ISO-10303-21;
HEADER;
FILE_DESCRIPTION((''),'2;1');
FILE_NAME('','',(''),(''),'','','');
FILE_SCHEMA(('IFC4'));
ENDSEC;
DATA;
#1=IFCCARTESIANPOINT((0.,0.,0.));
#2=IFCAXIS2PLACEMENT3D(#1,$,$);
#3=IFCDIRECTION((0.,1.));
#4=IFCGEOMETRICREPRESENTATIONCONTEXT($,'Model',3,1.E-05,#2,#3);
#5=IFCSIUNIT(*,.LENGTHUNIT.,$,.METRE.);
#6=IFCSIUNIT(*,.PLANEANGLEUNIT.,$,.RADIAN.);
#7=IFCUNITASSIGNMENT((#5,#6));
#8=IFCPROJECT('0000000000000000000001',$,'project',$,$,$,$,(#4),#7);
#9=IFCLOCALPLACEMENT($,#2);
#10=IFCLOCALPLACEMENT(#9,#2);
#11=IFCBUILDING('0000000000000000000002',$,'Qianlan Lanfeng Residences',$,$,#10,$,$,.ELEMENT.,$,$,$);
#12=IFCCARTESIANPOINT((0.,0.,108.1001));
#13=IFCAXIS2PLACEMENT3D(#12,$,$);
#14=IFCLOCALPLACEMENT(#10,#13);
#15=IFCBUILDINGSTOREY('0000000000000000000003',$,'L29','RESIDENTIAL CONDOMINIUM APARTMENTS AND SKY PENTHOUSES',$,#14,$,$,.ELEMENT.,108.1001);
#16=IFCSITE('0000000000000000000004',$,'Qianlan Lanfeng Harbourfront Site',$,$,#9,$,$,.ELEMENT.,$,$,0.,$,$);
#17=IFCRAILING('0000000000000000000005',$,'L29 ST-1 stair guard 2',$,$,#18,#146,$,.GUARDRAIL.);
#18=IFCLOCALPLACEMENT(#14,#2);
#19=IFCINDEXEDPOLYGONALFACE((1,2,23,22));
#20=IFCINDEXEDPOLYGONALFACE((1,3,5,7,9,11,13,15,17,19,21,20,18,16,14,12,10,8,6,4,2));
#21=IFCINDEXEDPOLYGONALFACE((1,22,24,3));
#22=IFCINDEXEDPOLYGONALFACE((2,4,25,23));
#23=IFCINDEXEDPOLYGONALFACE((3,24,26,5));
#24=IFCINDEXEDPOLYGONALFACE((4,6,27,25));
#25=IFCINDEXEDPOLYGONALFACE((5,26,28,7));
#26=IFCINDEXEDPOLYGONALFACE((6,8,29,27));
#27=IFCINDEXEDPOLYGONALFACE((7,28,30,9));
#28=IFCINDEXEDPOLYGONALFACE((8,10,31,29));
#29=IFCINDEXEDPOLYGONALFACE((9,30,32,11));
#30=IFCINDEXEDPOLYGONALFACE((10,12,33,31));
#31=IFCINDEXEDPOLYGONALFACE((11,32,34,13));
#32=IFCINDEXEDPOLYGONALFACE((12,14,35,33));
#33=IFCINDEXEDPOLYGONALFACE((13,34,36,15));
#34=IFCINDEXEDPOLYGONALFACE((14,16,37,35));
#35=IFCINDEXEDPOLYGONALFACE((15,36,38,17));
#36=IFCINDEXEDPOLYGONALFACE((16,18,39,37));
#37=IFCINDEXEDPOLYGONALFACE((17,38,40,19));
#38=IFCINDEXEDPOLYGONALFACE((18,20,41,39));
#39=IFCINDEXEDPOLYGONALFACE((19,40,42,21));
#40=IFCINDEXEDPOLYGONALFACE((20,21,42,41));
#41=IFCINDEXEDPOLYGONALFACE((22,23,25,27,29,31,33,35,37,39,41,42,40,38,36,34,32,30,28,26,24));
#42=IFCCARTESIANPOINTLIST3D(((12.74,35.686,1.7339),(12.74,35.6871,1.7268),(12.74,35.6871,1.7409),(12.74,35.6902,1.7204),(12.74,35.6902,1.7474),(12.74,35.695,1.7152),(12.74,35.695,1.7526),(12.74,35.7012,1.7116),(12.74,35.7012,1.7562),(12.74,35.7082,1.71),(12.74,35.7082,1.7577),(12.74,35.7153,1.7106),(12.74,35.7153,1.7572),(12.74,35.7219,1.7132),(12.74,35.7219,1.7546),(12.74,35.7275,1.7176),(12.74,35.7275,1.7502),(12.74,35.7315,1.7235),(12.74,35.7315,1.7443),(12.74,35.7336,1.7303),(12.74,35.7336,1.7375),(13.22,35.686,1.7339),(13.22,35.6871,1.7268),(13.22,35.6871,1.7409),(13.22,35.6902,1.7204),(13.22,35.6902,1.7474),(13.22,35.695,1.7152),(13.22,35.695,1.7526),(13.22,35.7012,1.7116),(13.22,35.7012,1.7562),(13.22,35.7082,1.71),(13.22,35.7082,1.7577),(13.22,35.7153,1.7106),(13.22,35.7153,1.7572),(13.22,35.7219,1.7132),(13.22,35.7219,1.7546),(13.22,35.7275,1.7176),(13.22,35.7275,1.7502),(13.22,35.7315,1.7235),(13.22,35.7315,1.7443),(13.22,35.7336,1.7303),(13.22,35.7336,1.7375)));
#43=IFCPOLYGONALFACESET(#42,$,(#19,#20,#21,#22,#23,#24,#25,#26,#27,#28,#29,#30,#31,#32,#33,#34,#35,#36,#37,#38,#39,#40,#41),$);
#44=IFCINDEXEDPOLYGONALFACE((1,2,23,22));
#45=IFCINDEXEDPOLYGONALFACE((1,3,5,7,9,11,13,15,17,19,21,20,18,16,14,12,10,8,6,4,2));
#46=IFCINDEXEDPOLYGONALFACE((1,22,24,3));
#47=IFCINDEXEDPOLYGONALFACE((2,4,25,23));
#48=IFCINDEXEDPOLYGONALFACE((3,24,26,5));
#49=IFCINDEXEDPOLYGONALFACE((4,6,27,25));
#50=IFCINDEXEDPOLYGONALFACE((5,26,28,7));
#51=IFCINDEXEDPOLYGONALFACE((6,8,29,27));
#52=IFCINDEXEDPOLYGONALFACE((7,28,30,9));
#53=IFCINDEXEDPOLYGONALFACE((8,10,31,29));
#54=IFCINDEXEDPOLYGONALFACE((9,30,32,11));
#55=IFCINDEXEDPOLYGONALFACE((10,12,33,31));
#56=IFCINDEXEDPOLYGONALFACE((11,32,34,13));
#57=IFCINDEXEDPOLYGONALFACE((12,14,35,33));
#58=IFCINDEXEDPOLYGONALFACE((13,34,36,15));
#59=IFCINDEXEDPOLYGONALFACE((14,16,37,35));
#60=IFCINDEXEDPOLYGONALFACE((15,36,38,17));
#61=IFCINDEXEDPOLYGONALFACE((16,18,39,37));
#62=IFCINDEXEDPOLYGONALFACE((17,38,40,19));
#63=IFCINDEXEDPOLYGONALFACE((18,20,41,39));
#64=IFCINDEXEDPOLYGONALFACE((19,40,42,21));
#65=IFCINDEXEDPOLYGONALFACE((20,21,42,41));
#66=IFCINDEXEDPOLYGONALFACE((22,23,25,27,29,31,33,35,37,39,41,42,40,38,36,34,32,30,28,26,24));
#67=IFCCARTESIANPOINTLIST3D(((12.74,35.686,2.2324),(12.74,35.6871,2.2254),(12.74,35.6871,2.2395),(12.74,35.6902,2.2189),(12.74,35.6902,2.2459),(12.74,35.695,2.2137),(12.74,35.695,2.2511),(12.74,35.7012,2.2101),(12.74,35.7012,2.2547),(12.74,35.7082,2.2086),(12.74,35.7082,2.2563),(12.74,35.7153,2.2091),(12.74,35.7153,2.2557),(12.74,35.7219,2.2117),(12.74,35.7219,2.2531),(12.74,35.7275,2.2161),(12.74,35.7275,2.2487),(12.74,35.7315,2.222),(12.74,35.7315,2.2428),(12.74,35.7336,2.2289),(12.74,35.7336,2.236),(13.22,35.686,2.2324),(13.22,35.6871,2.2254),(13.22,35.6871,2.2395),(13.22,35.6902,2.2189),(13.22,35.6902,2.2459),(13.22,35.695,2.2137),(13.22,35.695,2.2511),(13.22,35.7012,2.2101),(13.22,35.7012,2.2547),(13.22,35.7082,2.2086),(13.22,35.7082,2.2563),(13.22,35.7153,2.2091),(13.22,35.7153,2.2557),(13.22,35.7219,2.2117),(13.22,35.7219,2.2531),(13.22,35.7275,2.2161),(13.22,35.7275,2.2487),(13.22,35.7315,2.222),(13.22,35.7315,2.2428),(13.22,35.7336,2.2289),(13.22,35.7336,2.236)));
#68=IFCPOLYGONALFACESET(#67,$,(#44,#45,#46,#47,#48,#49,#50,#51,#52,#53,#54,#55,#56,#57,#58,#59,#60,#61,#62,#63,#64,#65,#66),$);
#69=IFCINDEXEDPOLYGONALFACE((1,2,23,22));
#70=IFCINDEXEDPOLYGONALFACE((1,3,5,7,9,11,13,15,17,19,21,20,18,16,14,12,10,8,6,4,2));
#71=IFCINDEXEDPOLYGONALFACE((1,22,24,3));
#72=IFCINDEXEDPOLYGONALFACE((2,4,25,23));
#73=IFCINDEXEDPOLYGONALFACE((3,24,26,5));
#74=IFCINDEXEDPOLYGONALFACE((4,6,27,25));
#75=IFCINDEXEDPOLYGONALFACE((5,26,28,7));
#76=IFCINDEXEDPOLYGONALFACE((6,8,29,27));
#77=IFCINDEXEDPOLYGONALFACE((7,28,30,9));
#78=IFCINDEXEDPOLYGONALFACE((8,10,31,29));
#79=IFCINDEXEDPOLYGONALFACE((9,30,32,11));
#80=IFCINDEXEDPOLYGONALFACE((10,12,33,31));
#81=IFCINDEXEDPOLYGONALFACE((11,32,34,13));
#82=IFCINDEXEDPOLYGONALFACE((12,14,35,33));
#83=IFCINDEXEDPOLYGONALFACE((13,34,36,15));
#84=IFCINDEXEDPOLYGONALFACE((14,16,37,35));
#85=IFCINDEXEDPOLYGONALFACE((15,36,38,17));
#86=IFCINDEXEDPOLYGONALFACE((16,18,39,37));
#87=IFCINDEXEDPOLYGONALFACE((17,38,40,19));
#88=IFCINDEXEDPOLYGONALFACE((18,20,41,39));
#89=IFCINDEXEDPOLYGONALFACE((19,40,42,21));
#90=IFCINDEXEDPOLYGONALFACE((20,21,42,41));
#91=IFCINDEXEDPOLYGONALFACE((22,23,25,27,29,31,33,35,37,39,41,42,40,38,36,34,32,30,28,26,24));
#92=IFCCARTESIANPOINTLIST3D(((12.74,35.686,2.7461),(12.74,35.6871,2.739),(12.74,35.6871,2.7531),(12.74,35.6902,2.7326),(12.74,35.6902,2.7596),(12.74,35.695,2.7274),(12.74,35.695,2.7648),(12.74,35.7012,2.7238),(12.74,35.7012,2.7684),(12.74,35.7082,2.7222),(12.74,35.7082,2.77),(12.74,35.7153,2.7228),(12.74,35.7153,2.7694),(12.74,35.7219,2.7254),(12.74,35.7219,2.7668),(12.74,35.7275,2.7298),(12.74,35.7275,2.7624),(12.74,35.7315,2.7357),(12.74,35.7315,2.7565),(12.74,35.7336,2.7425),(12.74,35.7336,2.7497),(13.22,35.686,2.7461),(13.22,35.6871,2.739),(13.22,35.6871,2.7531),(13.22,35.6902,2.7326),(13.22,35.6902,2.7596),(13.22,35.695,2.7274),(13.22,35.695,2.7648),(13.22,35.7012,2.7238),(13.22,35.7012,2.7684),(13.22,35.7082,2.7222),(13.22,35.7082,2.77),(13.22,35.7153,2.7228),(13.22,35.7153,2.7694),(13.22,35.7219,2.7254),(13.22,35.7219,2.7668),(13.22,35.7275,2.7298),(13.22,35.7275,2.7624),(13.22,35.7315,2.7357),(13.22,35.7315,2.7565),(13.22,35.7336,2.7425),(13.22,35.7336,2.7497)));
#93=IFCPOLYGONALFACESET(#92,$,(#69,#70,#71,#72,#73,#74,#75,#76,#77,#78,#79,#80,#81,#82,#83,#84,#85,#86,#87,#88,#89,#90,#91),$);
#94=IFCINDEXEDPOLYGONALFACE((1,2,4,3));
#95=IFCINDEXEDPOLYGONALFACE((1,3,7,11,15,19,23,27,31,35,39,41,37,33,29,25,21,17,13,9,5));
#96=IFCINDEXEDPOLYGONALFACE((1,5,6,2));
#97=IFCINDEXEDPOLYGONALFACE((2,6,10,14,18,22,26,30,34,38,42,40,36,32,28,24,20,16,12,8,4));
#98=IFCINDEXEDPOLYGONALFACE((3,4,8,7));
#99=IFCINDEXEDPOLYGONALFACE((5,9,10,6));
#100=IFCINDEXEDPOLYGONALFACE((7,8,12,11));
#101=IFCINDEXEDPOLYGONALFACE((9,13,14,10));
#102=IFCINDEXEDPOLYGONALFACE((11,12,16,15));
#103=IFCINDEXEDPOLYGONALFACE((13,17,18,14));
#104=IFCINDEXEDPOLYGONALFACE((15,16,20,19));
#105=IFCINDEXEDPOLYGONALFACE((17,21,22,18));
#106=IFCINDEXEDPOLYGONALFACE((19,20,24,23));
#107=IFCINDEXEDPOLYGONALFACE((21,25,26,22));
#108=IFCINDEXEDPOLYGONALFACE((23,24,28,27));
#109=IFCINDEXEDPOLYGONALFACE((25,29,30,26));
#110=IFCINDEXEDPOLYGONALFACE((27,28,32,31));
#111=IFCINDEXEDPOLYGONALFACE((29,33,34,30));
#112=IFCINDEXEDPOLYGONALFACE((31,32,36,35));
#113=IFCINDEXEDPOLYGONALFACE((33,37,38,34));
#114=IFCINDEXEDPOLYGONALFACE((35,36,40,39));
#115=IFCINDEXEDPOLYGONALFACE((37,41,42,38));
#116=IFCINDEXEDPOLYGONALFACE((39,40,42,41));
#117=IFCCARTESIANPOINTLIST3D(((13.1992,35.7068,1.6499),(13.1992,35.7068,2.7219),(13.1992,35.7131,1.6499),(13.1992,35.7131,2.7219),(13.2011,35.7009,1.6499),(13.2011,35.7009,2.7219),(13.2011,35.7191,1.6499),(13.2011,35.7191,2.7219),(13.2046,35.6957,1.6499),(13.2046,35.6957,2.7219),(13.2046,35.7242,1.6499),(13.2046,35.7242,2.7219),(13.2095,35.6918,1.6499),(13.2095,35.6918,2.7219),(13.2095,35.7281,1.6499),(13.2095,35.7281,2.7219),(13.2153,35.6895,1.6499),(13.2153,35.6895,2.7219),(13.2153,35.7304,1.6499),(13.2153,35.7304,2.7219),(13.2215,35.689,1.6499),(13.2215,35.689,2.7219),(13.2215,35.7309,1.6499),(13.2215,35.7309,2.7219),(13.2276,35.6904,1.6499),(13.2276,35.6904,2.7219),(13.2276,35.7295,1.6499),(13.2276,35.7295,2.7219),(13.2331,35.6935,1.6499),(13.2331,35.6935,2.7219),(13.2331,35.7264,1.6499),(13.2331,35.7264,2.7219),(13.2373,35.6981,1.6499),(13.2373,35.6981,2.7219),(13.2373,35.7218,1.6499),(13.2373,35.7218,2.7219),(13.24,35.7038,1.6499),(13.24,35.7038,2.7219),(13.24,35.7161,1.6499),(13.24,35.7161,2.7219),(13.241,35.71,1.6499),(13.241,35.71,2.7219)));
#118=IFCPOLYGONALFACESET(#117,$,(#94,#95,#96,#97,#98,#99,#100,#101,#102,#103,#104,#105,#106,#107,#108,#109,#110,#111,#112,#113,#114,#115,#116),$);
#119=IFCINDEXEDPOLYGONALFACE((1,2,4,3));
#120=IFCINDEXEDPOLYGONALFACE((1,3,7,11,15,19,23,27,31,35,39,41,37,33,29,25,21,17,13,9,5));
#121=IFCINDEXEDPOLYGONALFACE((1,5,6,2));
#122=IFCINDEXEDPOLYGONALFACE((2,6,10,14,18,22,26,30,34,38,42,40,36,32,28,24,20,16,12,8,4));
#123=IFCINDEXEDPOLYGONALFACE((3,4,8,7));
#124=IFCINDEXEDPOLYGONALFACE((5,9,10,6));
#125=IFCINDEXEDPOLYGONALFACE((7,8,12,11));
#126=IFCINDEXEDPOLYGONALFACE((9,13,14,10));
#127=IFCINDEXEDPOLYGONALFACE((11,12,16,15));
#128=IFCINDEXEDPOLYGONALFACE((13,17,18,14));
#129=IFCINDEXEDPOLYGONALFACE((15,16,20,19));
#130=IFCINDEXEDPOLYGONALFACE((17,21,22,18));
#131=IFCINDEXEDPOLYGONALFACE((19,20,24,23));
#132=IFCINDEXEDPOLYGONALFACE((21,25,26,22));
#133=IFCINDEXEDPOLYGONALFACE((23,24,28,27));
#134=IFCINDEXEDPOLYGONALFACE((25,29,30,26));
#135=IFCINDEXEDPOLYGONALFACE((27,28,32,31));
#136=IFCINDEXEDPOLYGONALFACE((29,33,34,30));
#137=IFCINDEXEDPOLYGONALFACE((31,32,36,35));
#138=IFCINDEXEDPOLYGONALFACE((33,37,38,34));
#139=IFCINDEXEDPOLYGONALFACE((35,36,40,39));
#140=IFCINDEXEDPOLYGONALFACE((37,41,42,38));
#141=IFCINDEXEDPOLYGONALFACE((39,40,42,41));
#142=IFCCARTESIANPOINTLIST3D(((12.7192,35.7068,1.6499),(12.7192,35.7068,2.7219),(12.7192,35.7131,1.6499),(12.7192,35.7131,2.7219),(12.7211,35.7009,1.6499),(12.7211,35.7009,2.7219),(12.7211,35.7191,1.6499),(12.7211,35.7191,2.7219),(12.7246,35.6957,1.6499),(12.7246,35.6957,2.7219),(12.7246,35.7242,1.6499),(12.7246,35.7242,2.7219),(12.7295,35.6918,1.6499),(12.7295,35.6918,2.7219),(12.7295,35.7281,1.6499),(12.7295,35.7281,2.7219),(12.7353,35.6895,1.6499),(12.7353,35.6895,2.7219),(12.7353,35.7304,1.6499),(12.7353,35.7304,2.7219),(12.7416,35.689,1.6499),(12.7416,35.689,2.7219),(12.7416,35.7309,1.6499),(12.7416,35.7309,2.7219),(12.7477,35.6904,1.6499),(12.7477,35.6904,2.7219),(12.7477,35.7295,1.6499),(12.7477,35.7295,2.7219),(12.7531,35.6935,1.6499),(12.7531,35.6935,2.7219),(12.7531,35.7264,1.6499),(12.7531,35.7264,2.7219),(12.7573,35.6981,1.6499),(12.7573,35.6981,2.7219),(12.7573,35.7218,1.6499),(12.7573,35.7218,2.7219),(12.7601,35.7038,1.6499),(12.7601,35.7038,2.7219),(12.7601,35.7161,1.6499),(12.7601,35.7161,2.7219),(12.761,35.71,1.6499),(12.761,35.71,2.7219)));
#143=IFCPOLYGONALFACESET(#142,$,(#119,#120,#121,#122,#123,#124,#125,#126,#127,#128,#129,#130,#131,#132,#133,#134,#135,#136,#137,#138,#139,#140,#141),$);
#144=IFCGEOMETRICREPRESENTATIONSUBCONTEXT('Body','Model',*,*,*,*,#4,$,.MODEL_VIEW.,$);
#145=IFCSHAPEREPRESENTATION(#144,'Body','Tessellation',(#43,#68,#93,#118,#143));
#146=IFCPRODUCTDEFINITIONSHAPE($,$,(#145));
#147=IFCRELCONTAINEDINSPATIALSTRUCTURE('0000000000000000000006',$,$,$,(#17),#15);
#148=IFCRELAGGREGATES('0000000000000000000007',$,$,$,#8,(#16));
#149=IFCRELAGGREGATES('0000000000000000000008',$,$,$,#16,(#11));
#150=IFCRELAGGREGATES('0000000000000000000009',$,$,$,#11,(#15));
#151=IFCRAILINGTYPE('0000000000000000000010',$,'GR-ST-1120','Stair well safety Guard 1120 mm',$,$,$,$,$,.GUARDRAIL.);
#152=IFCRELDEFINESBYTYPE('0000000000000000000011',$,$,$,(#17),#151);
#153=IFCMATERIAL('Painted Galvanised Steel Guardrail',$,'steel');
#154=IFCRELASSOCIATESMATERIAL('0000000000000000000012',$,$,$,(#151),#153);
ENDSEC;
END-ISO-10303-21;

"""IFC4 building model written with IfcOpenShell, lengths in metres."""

from ifc_helpers import new_model, si_unit, direction, frame, origin, origin_2d, place, context, subcontext, project, spatial, circle, extrude, material, type_object, element, save


model = new_model("IFC4")

# Units and contexts
model_context = context("Model", 3, precision=1e-05, world=origin(), true_north=direction((0.0, 1.0)))
body_context = subcontext(model_context, "Body", "Model", "MODEL_VIEW")
ifc_project = project(units=[si_unit("LENGTHUNIT", "METRE"), si_unit("PLANEANGLEUNIT", "RADIAN")], contexts=[model_context])

# Site, building, storey
site_placement = place(None, origin())
site = spatial("IfcSite", under=ifc_project, at=site_placement, Name="Qianlan Lanfeng Harbourfront Site", CompositionType="ELEMENT", RefElevation=0.0)
building_placement = place(site_placement, origin())
building = spatial("IfcBuilding", under=site, at=building_placement, Name="Qianlan Lanfeng Residences", CompositionType="ELEMENT")
storey_placement = place(building_placement, frame((0.0, 0.0, 108.1001)))
storey = spatial("IfcBuildingStorey", under=building, at=storey_placement, Name="L29", Description="RESIDENTIAL CONDOMINIUM APARTMENTS AND SKY PENTHOUSES", CompositionType="ELEMENT", Elevation=108.1001)

# Railing
ifc_material_1 = material(Name="Painted Galvanised Steel Guardrail", Category="steel")
railing_type_1 = type_object("IfcRailingType", Name="GR-ST-1120", Description="Stair well safety Guard 1120 mm", PredefinedType="GUARDRAIL", material=ifc_material_1)
railing_1_placement = place(storey_placement, frame((13.22, 35.71, 1.6499)))
element("IfcRailing", 1, at=railing_1_placement, inside=storey, type_object=railing_type_1, Name="L29 ST-1 stair guard 2", PredefinedType="GUARDRAIL", context=body_context, shape_type="SweptSolid", body=[
    extrude(circle(Radius=0.0239, at=origin_2d()), frame((0.0, 0.0, 0.084), z_axis=(-1.0, 0.0, 0.0), x_axis=(0.0, -1.0, 0.0)), (0.0, 0.0, 1.0), 0.48),
    extrude(circle(Radius=0.0239, at=origin_2d()), frame((0.0, 0.0, 0.5825), z_axis=(-1.0, 0.0, 0.0), x_axis=(0.0, -1.0, 0.0)), (0.0, 0.0, 1.0), 0.48),
    extrude(circle(Radius=0.0239, at=origin_2d()), frame((0.0, 0.0, 1.0962), z_axis=(-1.0, 0.0, 0.0), x_axis=(0.0, -1.0, 0.0)), (0.0, 0.0, 1.0), 0.48),
    extrude(circle(Radius=0.021, at=origin_2d()), origin(), (0.0, 0.0, 1.0), 1.072),
    extrude(circle(Radius=0.021, at=origin_2d()), frame((-0.48, 0.0, 0.0)), (0.0, 0.0, 1.0), 1.072),
])

save(model, "model.ifc")
